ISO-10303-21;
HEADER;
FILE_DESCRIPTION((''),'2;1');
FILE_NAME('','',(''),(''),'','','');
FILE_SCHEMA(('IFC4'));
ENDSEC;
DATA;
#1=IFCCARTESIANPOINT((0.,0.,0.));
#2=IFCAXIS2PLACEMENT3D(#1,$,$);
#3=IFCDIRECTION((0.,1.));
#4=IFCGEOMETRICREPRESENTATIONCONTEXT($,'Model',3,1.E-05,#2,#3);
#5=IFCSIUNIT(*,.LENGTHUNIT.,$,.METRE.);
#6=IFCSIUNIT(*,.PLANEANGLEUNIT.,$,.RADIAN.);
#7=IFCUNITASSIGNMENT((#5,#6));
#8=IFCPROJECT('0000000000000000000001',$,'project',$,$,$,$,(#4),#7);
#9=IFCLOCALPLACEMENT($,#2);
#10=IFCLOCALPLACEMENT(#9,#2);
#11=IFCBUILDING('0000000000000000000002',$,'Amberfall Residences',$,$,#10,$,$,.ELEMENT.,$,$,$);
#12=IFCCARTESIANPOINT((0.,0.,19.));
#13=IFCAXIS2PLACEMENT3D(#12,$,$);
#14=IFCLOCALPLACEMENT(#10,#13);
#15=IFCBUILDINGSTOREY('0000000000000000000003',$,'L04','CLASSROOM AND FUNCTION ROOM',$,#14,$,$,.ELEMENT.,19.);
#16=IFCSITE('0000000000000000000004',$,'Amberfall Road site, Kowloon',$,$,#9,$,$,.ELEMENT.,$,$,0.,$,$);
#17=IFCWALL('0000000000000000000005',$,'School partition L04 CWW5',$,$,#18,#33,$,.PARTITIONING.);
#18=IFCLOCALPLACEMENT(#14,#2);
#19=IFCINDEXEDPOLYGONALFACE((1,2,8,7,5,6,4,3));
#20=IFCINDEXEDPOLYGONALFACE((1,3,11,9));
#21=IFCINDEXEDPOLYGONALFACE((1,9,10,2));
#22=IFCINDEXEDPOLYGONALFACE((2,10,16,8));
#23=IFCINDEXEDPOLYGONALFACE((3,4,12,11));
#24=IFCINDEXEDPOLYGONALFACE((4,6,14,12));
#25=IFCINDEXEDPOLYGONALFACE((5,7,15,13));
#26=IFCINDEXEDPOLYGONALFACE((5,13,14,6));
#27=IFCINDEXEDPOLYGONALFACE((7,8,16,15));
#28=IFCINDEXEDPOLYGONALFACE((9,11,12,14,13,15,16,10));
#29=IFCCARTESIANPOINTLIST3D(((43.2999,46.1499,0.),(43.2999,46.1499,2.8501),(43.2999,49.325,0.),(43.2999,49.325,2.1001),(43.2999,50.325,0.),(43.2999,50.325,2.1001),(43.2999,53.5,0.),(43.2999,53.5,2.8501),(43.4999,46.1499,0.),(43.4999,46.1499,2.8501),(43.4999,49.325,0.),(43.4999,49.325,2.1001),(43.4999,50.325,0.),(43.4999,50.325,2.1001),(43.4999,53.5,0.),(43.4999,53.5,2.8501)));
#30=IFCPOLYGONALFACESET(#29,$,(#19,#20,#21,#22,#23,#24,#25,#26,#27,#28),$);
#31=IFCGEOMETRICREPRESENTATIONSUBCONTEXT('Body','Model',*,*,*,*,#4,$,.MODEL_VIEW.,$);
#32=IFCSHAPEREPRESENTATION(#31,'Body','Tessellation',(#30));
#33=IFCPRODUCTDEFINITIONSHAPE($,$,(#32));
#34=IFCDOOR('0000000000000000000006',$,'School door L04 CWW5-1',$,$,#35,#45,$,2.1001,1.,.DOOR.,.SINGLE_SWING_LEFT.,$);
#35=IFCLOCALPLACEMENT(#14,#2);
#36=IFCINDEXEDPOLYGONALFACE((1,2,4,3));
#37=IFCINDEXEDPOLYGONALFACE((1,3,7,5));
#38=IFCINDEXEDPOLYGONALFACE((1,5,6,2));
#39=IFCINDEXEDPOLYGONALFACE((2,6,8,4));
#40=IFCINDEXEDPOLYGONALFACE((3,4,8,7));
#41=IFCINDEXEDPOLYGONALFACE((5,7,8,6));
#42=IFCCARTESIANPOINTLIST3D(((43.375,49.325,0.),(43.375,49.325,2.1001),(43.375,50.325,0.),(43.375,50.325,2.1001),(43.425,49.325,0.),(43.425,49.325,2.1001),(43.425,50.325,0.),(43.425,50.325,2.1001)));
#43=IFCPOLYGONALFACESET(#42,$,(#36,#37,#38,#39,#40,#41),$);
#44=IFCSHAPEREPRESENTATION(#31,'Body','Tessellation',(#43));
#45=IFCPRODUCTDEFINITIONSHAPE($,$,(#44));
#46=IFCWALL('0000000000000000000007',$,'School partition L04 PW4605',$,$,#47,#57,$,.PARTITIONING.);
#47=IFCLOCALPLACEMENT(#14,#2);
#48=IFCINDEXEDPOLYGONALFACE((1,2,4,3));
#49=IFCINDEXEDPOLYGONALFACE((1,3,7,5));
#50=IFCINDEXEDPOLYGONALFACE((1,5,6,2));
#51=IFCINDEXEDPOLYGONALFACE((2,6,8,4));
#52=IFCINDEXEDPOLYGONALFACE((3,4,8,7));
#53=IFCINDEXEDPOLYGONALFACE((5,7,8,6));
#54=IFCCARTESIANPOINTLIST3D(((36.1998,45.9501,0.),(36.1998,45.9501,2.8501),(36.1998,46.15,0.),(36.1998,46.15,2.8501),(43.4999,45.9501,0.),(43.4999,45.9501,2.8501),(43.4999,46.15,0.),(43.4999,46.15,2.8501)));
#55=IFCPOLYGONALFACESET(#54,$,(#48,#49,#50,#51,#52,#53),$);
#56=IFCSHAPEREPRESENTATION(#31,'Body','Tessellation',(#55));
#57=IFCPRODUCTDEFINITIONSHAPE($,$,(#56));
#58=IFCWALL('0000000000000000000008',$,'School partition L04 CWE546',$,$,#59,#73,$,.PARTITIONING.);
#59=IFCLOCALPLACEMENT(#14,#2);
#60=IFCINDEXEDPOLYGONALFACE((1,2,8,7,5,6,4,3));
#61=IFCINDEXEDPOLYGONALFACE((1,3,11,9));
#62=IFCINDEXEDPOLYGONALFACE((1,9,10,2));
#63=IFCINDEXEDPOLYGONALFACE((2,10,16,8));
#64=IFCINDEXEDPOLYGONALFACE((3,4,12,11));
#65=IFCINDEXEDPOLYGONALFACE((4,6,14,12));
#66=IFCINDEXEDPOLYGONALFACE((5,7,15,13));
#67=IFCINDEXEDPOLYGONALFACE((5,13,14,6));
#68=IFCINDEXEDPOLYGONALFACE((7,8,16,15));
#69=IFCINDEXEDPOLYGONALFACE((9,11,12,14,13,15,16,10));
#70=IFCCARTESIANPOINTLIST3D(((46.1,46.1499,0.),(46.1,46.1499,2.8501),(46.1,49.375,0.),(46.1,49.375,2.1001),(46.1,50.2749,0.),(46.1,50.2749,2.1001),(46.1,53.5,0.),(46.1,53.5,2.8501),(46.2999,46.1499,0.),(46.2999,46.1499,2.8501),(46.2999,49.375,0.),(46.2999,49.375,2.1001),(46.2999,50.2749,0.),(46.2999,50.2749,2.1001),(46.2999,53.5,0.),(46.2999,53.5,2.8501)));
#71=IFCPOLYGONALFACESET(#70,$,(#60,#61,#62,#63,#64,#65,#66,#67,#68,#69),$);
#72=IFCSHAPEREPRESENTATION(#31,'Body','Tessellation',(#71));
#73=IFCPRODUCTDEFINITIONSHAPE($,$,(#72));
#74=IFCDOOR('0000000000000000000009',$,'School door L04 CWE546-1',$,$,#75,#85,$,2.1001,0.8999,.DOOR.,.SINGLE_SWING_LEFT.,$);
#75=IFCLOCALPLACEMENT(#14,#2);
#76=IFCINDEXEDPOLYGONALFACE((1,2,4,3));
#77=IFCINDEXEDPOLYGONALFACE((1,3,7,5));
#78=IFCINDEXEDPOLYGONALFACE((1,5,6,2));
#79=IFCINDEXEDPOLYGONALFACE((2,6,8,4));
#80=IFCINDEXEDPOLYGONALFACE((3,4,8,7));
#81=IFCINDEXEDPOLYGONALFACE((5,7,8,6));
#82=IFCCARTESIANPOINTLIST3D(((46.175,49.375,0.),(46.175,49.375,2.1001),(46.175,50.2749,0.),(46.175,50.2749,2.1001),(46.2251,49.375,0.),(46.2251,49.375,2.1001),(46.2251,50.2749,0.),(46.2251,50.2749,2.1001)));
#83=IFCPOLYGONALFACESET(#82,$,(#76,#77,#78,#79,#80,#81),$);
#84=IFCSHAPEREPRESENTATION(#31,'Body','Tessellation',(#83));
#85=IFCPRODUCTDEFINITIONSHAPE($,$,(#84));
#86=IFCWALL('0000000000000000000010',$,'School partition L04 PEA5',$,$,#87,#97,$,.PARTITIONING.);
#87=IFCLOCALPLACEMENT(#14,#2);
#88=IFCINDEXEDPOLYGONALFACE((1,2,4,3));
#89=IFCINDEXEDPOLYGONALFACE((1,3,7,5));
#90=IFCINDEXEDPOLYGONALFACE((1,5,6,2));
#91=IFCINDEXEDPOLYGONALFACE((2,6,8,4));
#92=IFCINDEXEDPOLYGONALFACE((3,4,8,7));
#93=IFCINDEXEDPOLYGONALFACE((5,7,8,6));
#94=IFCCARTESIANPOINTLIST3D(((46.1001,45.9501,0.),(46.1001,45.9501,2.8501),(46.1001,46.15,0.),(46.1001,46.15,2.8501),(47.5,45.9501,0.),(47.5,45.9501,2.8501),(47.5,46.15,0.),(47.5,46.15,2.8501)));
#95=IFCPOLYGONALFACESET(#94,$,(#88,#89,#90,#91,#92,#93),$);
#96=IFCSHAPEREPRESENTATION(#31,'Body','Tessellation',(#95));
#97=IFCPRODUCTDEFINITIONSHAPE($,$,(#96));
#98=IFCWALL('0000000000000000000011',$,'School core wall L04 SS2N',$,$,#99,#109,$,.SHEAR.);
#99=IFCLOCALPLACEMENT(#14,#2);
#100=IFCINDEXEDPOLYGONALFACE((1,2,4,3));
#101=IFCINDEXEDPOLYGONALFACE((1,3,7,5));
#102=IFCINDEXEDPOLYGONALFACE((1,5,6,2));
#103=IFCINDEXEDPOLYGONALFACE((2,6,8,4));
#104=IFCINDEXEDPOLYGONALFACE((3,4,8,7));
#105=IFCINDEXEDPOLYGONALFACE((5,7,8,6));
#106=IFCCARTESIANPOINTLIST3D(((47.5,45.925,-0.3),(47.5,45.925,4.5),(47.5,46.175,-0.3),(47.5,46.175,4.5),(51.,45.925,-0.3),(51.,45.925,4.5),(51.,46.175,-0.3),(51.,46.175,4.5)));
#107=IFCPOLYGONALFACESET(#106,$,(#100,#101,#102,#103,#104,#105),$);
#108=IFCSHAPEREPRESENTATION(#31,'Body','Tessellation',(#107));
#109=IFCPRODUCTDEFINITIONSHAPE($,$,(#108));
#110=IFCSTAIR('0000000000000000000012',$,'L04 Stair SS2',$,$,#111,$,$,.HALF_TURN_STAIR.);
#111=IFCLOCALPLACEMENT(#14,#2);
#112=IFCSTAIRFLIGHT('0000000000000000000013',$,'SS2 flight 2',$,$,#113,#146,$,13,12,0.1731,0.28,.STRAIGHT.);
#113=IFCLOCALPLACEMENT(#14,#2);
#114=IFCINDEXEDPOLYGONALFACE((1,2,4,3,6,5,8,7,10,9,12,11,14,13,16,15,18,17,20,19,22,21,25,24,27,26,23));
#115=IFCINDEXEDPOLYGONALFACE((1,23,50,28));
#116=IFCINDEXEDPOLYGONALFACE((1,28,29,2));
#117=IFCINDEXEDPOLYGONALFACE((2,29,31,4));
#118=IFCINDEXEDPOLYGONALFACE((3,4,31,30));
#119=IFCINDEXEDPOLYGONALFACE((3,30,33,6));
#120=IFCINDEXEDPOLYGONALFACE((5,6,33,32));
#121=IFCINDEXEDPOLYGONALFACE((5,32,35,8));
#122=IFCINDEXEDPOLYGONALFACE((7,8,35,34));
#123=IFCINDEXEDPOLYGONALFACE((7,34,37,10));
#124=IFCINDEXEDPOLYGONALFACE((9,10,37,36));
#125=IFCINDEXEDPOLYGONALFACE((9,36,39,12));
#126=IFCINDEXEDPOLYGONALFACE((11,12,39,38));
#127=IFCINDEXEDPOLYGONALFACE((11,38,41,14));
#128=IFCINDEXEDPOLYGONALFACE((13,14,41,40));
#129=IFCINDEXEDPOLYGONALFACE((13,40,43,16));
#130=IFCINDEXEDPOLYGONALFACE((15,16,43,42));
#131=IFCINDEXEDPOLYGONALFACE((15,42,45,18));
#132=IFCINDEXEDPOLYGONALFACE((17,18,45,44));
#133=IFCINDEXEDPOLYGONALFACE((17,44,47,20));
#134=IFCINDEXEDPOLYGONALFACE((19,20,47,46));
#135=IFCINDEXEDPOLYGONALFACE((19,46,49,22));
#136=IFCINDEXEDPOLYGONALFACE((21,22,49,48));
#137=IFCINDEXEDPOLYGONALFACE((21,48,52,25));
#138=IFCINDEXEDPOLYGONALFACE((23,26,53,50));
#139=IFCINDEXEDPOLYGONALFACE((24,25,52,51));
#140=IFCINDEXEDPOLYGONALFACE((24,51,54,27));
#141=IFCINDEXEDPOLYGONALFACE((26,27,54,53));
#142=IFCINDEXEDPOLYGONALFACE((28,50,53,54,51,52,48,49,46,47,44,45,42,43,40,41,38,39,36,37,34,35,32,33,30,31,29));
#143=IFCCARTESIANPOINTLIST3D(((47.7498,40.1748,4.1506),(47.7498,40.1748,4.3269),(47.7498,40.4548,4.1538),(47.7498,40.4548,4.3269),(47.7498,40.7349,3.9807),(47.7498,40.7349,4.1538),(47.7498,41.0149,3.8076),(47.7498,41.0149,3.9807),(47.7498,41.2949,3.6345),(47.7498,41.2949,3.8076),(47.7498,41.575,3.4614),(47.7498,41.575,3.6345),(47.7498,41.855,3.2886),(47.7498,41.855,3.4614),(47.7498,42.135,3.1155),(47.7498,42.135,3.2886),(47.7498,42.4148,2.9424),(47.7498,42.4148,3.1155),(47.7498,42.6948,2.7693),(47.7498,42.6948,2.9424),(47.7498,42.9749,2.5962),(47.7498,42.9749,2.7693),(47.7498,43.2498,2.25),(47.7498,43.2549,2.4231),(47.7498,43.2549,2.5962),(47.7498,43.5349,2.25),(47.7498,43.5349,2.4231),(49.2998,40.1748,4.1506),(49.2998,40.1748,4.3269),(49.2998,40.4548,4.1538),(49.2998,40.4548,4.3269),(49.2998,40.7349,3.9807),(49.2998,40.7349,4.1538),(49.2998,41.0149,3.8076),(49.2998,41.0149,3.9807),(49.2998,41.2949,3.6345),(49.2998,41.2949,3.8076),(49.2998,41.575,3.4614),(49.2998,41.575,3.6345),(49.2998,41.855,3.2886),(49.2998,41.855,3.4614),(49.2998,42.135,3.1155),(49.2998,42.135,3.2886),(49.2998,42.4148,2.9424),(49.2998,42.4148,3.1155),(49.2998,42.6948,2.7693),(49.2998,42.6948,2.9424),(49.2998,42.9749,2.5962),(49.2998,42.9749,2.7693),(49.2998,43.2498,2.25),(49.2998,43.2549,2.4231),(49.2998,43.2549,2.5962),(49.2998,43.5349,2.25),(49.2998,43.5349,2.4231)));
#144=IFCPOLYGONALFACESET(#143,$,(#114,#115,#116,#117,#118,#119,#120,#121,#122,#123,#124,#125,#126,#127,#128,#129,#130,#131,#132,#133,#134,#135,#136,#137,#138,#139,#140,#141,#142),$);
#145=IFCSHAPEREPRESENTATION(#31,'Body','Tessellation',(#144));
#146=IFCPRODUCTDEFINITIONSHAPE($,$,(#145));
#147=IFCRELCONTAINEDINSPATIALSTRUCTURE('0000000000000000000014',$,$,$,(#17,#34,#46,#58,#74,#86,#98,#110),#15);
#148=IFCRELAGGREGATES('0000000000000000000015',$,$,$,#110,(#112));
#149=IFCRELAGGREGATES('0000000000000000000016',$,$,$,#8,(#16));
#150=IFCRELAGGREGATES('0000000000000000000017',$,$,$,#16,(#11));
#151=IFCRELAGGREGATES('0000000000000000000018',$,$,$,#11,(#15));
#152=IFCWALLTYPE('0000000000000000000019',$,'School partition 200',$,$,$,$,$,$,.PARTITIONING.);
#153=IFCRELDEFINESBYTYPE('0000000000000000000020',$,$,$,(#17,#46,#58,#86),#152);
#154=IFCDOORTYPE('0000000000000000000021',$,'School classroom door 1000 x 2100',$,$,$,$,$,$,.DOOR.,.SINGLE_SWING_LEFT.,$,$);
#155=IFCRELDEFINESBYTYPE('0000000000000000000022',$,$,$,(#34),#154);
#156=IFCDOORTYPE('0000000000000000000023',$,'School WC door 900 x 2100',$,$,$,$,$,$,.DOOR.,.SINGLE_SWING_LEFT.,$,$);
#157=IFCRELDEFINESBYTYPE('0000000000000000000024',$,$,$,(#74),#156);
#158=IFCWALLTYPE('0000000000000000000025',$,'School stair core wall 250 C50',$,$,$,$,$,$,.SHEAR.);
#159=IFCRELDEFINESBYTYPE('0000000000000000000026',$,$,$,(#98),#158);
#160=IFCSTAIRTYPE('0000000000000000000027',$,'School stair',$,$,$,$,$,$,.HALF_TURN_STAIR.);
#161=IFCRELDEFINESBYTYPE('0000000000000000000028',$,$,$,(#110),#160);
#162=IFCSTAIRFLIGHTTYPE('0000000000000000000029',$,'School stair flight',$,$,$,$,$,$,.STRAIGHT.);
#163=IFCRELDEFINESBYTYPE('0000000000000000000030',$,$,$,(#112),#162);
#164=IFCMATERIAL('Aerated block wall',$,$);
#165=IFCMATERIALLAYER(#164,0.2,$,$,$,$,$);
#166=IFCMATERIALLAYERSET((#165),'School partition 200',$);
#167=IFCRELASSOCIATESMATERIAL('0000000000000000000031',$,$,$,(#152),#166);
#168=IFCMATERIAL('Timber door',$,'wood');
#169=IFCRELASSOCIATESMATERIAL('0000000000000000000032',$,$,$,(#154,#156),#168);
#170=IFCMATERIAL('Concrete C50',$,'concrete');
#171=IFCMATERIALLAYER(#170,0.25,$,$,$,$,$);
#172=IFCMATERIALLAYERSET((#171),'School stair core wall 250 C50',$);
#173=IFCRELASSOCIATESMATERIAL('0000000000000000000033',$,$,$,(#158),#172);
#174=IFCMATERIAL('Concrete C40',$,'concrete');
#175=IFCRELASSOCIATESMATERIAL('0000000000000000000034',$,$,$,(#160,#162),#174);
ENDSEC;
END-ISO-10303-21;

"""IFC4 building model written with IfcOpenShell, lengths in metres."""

from ifc_helpers import new_model, si_unit, direction, frame, frame_2d, origin, place, context, subcontext, project, spatial, polyline, rectangle, outline, extrude, material, layer, layer_set, type_object, element, fill, aggregate, save


model = new_model("IFC4")

# Units and contexts
model_context = context("Model", 3, precision=1e-05, world=origin(), true_north=direction((0.0, 1.0)))
body_context = subcontext(model_context, "Body", "Model", "MODEL_VIEW")
ifc_project = project(units=[si_unit("LENGTHUNIT", "METRE"), si_unit("PLANEANGLEUNIT", "RADIAN")], contexts=[model_context])

# Site, building, storey
site_placement = place(None, origin())
site = spatial("IfcSite", under=ifc_project, at=site_placement, Name="Amberfall Road site, Kowloon", CompositionType="ELEMENT", RefElevation=0.0)
building_placement = place(site_placement, origin())
building = spatial("IfcBuilding", under=site, at=building_placement, Name="Amberfall Residences", CompositionType="ELEMENT")
storey_placement = place(building_placement, frame((0.0, 0.0, 19.0)))
storey = spatial("IfcBuildingStorey", under=building, at=storey_placement, Name="L04", Description="CLASSROOM AND FUNCTION ROOM", CompositionType="ELEMENT", Elevation=19.0)

# Shared definitions
ifc_material_1 = material(Name="Concrete C40", Category="concrete")

# Shared definitions
ifc_material_2 = material(Name="Aerated block wall")

# Wall, opening, door
ifc_layer_1 = layer(ifc_material_2, 0.2)
ifc_layer_set_1 = layer_set([ifc_layer_1], Name="School partition 200")
wall_type_1 = type_object("IfcWallType", Name="School partition 200", PredefinedType="PARTITIONING", material=ifc_layer_set_1)
wall_1_placement = place(storey_placement, frame((43.3999, 46.1499, 0.0), z_axis=(0.0, 0.0, 1.0), x_axis=(0.0, 1.0, 0.0)))
wall_1 = element("IfcWall", 1, at=wall_1_placement, inside=storey, type_object=wall_type_1, Name="School partition L04 CWW5", PredefinedType="PARTITIONING", context=body_context, shape_type="SweptSolid", body=[
    extrude(rectangle(XDim=7.3501, YDim=0.2, at=frame_2d((3.675, 0.0))), origin(), (0.0, 0.0, 1.0), 2.8501),
])
opening_1_placement = place(wall_1_placement, frame((3.175, 0.0, 0.0)))
opening_1 = element("IfcOpeningElement", 2, at=opening_1_placement, cuts=wall_1, PredefinedType="OPENING", context=body_context, shape_type="SweptSolid", body=[
    extrude(rectangle(XDim=1.0, YDim=2.1001, at=frame_2d((0.5, 1.05))), frame((0.0, 0.1099, 0.0), z_axis=(0.0, -1.0, 0.0), x_axis=(1.0, 0.0, 0.0)), (0.0, 0.0, 1.0), 0.22),
])
ifc_material_3 = material(Name="Timber door", Category="wood")
door_type_1 = type_object("IfcDoorType", Name="School classroom door 1000 x 2100", OperationType="SINGLE_SWING_LEFT", PredefinedType="DOOR", material=ifc_material_3)
door_1_placement = place(opening_1_placement, origin())
door_1 = element("IfcDoor", 3, at=door_1_placement, inside=storey, type_object=door_type_1, Name="School door L04 CWW5-1", OperationType="SINGLE_SWING_LEFT", OverallHeight=2.1001, OverallWidth=1.0, PredefinedType="DOOR", context=body_context, shape_type="SweptSolid", body=[
    extrude(rectangle(XDim=1.0, YDim=2.1001, at=frame_2d((0.5, 1.05))), frame((0.0, 0.0249, 0.0), z_axis=(0.0, -1.0, 0.0), x_axis=(1.0, 0.0, 0.0)), (0.0, 0.0, 1.0), 0.05),
])
fill(opening_1, door_1)

# Wall
wall_2_placement = place(storey_placement, frame((36.2, 46.05, 0.0), z_axis=(0.0, 0.0, 1.0), x_axis=(1.0, 0.0, 0.0)))
element("IfcWall", 4, at=wall_2_placement, inside=storey, type_object=wall_type_1, Name="School partition L04 PW4605", PredefinedType="PARTITIONING", context=body_context, shape_type="SweptSolid", body=[
    extrude(rectangle(XDim=7.3, YDim=0.2, at=frame_2d((3.6499, 0.0))), origin(), (0.0, 0.0, 1.0), 2.8501),
])

# Wall, opening, door
wall_3_placement = place(storey_placement, frame((46.2, 46.1499, 0.0), z_axis=(0.0, 0.0, 1.0), x_axis=(0.0, 1.0, 0.0)))
wall_3 = element("IfcWall", 5, at=wall_3_placement, inside=storey, type_object=wall_type_1, Name="School partition L04 CWE546", PredefinedType="PARTITIONING", context=body_context, shape_type="SweptSolid", body=[
    extrude(rectangle(XDim=7.3501, YDim=0.2, at=frame_2d((3.675, 0.0))), origin(), (0.0, 0.0, 1.0), 2.8501),
])
opening_2_placement = place(wall_3_placement, frame((3.2251, 0.0, 0.0)))
opening_2 = element("IfcOpeningElement", 6, at=opening_2_placement, cuts=wall_3, PredefinedType="OPENING", context=body_context, shape_type="SweptSolid", body=[
    extrude(rectangle(XDim=0.8999, YDim=2.1001, at=frame_2d((0.45, 1.05))), frame((0.0, 0.1099, 0.0), z_axis=(0.0, -1.0, 0.0), x_axis=(1.0, 0.0, 0.0)), (0.0, 0.0, 1.0), 0.22),
])
door_type_2 = type_object("IfcDoorType", Name="School WC door 900 x 2100", OperationType="SINGLE_SWING_LEFT", PredefinedType="DOOR", material=ifc_material_3)
door_2_placement = place(opening_2_placement, origin())
door_2 = element("IfcDoor", 7, at=door_2_placement, inside=storey, type_object=door_type_2, Name="School door L04 CWE546-1", OperationType="SINGLE_SWING_LEFT", OverallHeight=2.1001, OverallWidth=0.8999, PredefinedType="DOOR", context=body_context, shape_type="SweptSolid", body=[
    extrude(rectangle(XDim=0.8999, YDim=2.1001, at=frame_2d((0.45, 1.05))), frame((0.0, 0.0249, 0.0), z_axis=(0.0, -1.0, 0.0), x_axis=(1.0, 0.0, 0.0)), (0.0, 0.0, 1.0), 0.05),
])
fill(opening_2, door_2)

# Walls
wall_4_placement = place(storey_placement, frame((46.1001, 46.05, 0.0), z_axis=(0.0, 0.0, 1.0), x_axis=(1.0, 0.0, 0.0)))
element("IfcWall", 8, at=wall_4_placement, inside=storey, type_object=wall_type_1, Name="School partition L04 PEA5", PredefinedType="PARTITIONING", context=body_context, shape_type="SweptSolid", body=[
    extrude(rectangle(XDim=1.3999, YDim=0.2, at=frame_2d((0.7, 0.0))), origin(), (0.0, 0.0, 1.0), 2.8501),
])
ifc_material_4 = material(Name="Concrete C50", Category="concrete")
ifc_layer_2 = layer(ifc_material_4, 0.25)
ifc_layer_set_2 = layer_set([ifc_layer_2], Name="School stair core wall 250 C50")
wall_type_2 = type_object("IfcWallType", Name="School stair core wall 250 C50", PredefinedType="SHEAR", material=ifc_layer_set_2)
wall_5_placement = place(storey_placement, frame((47.5, 46.05, -0.3), z_axis=(0.0, 0.0, 1.0), x_axis=(1.0, 0.0, 0.0)))
element("IfcWall", 9, at=wall_5_placement, inside=storey, type_object=wall_type_2, Name="School core wall L04 SS2N", PredefinedType="SHEAR", context=body_context, shape_type="SweptSolid", body=[
    extrude(rectangle(XDim=3.5, YDim=0.25, at=frame_2d((1.75, 0.0))), origin(), (0.0, 0.0, 1.0), 4.8),
])

# Stair, stair flight
stair_type = type_object("IfcStairType", Name="School stair", PredefinedType="HALF_TURN_STAIR", material=ifc_material_1)
stair_placement = place(storey_placement, origin())
stair = element("IfcStair", 10, at=stair_placement, inside=storey, type_object=stair_type, Name="L04 Stair SS2", PredefinedType="HALF_TURN_STAIR")
stair_flight_type = type_object("IfcStairFlightType", Name="School stair flight", PredefinedType="STRAIGHT", material=ifc_material_1)
stair_flight_placement = place(storey_placement, frame((48.5249, 43.5349, 2.25), z_axis=(0.0, 0.0, 1.0), x_axis=(0.0, -1.0, 0.0)))
stair_flight = element("IfcStairFlight", 11, at=stair_flight_placement, type_object=stair_flight_type, Name="SS2 flight 2", NumberOfRisers=13, NumberOfTreads=12, PredefinedType="STRAIGHT", RiserHeight=0.1731, TreadLength=0.28, context=body_context, shape_type="SweptSolid", body=[
    extrude(outline(polyline([(0.0, 0.0), (0.0, 0.1731), (0.28, 0.1731), (0.28, 0.3462), (0.5601, 0.3462), (0.5601, 0.5193), (0.8401, 0.5193), (0.8401, 0.6924), (1.1201, 0.6924), (1.1201, 0.8655), (1.3999, 0.8655), (1.3999, 1.0386), (1.6799, 1.0386), (1.6799, 1.2114), (1.96, 1.2114), (1.96, 1.3845), (2.24, 1.3845), (2.24, 1.5576), (2.52, 1.5576), (2.52, 1.7307), (2.8, 1.7307), (2.8, 1.9038), (3.0801, 1.9038), (3.0801, 2.0769), (3.3601, 2.0769), (3.3601, 2.25), (3.3601, 1.9006), (0.2852, 0.0), (0.0, 0.0)])), frame((0.0, 0.7749, 0.0), z_axis=(0.0, -1.0, 0.0), x_axis=(1.0, 0.0, 0.0)), (0.0, 0.0, 1.0), 1.55),
])
aggregate(stair, [stair_flight])

save(model, "model.ifc")
